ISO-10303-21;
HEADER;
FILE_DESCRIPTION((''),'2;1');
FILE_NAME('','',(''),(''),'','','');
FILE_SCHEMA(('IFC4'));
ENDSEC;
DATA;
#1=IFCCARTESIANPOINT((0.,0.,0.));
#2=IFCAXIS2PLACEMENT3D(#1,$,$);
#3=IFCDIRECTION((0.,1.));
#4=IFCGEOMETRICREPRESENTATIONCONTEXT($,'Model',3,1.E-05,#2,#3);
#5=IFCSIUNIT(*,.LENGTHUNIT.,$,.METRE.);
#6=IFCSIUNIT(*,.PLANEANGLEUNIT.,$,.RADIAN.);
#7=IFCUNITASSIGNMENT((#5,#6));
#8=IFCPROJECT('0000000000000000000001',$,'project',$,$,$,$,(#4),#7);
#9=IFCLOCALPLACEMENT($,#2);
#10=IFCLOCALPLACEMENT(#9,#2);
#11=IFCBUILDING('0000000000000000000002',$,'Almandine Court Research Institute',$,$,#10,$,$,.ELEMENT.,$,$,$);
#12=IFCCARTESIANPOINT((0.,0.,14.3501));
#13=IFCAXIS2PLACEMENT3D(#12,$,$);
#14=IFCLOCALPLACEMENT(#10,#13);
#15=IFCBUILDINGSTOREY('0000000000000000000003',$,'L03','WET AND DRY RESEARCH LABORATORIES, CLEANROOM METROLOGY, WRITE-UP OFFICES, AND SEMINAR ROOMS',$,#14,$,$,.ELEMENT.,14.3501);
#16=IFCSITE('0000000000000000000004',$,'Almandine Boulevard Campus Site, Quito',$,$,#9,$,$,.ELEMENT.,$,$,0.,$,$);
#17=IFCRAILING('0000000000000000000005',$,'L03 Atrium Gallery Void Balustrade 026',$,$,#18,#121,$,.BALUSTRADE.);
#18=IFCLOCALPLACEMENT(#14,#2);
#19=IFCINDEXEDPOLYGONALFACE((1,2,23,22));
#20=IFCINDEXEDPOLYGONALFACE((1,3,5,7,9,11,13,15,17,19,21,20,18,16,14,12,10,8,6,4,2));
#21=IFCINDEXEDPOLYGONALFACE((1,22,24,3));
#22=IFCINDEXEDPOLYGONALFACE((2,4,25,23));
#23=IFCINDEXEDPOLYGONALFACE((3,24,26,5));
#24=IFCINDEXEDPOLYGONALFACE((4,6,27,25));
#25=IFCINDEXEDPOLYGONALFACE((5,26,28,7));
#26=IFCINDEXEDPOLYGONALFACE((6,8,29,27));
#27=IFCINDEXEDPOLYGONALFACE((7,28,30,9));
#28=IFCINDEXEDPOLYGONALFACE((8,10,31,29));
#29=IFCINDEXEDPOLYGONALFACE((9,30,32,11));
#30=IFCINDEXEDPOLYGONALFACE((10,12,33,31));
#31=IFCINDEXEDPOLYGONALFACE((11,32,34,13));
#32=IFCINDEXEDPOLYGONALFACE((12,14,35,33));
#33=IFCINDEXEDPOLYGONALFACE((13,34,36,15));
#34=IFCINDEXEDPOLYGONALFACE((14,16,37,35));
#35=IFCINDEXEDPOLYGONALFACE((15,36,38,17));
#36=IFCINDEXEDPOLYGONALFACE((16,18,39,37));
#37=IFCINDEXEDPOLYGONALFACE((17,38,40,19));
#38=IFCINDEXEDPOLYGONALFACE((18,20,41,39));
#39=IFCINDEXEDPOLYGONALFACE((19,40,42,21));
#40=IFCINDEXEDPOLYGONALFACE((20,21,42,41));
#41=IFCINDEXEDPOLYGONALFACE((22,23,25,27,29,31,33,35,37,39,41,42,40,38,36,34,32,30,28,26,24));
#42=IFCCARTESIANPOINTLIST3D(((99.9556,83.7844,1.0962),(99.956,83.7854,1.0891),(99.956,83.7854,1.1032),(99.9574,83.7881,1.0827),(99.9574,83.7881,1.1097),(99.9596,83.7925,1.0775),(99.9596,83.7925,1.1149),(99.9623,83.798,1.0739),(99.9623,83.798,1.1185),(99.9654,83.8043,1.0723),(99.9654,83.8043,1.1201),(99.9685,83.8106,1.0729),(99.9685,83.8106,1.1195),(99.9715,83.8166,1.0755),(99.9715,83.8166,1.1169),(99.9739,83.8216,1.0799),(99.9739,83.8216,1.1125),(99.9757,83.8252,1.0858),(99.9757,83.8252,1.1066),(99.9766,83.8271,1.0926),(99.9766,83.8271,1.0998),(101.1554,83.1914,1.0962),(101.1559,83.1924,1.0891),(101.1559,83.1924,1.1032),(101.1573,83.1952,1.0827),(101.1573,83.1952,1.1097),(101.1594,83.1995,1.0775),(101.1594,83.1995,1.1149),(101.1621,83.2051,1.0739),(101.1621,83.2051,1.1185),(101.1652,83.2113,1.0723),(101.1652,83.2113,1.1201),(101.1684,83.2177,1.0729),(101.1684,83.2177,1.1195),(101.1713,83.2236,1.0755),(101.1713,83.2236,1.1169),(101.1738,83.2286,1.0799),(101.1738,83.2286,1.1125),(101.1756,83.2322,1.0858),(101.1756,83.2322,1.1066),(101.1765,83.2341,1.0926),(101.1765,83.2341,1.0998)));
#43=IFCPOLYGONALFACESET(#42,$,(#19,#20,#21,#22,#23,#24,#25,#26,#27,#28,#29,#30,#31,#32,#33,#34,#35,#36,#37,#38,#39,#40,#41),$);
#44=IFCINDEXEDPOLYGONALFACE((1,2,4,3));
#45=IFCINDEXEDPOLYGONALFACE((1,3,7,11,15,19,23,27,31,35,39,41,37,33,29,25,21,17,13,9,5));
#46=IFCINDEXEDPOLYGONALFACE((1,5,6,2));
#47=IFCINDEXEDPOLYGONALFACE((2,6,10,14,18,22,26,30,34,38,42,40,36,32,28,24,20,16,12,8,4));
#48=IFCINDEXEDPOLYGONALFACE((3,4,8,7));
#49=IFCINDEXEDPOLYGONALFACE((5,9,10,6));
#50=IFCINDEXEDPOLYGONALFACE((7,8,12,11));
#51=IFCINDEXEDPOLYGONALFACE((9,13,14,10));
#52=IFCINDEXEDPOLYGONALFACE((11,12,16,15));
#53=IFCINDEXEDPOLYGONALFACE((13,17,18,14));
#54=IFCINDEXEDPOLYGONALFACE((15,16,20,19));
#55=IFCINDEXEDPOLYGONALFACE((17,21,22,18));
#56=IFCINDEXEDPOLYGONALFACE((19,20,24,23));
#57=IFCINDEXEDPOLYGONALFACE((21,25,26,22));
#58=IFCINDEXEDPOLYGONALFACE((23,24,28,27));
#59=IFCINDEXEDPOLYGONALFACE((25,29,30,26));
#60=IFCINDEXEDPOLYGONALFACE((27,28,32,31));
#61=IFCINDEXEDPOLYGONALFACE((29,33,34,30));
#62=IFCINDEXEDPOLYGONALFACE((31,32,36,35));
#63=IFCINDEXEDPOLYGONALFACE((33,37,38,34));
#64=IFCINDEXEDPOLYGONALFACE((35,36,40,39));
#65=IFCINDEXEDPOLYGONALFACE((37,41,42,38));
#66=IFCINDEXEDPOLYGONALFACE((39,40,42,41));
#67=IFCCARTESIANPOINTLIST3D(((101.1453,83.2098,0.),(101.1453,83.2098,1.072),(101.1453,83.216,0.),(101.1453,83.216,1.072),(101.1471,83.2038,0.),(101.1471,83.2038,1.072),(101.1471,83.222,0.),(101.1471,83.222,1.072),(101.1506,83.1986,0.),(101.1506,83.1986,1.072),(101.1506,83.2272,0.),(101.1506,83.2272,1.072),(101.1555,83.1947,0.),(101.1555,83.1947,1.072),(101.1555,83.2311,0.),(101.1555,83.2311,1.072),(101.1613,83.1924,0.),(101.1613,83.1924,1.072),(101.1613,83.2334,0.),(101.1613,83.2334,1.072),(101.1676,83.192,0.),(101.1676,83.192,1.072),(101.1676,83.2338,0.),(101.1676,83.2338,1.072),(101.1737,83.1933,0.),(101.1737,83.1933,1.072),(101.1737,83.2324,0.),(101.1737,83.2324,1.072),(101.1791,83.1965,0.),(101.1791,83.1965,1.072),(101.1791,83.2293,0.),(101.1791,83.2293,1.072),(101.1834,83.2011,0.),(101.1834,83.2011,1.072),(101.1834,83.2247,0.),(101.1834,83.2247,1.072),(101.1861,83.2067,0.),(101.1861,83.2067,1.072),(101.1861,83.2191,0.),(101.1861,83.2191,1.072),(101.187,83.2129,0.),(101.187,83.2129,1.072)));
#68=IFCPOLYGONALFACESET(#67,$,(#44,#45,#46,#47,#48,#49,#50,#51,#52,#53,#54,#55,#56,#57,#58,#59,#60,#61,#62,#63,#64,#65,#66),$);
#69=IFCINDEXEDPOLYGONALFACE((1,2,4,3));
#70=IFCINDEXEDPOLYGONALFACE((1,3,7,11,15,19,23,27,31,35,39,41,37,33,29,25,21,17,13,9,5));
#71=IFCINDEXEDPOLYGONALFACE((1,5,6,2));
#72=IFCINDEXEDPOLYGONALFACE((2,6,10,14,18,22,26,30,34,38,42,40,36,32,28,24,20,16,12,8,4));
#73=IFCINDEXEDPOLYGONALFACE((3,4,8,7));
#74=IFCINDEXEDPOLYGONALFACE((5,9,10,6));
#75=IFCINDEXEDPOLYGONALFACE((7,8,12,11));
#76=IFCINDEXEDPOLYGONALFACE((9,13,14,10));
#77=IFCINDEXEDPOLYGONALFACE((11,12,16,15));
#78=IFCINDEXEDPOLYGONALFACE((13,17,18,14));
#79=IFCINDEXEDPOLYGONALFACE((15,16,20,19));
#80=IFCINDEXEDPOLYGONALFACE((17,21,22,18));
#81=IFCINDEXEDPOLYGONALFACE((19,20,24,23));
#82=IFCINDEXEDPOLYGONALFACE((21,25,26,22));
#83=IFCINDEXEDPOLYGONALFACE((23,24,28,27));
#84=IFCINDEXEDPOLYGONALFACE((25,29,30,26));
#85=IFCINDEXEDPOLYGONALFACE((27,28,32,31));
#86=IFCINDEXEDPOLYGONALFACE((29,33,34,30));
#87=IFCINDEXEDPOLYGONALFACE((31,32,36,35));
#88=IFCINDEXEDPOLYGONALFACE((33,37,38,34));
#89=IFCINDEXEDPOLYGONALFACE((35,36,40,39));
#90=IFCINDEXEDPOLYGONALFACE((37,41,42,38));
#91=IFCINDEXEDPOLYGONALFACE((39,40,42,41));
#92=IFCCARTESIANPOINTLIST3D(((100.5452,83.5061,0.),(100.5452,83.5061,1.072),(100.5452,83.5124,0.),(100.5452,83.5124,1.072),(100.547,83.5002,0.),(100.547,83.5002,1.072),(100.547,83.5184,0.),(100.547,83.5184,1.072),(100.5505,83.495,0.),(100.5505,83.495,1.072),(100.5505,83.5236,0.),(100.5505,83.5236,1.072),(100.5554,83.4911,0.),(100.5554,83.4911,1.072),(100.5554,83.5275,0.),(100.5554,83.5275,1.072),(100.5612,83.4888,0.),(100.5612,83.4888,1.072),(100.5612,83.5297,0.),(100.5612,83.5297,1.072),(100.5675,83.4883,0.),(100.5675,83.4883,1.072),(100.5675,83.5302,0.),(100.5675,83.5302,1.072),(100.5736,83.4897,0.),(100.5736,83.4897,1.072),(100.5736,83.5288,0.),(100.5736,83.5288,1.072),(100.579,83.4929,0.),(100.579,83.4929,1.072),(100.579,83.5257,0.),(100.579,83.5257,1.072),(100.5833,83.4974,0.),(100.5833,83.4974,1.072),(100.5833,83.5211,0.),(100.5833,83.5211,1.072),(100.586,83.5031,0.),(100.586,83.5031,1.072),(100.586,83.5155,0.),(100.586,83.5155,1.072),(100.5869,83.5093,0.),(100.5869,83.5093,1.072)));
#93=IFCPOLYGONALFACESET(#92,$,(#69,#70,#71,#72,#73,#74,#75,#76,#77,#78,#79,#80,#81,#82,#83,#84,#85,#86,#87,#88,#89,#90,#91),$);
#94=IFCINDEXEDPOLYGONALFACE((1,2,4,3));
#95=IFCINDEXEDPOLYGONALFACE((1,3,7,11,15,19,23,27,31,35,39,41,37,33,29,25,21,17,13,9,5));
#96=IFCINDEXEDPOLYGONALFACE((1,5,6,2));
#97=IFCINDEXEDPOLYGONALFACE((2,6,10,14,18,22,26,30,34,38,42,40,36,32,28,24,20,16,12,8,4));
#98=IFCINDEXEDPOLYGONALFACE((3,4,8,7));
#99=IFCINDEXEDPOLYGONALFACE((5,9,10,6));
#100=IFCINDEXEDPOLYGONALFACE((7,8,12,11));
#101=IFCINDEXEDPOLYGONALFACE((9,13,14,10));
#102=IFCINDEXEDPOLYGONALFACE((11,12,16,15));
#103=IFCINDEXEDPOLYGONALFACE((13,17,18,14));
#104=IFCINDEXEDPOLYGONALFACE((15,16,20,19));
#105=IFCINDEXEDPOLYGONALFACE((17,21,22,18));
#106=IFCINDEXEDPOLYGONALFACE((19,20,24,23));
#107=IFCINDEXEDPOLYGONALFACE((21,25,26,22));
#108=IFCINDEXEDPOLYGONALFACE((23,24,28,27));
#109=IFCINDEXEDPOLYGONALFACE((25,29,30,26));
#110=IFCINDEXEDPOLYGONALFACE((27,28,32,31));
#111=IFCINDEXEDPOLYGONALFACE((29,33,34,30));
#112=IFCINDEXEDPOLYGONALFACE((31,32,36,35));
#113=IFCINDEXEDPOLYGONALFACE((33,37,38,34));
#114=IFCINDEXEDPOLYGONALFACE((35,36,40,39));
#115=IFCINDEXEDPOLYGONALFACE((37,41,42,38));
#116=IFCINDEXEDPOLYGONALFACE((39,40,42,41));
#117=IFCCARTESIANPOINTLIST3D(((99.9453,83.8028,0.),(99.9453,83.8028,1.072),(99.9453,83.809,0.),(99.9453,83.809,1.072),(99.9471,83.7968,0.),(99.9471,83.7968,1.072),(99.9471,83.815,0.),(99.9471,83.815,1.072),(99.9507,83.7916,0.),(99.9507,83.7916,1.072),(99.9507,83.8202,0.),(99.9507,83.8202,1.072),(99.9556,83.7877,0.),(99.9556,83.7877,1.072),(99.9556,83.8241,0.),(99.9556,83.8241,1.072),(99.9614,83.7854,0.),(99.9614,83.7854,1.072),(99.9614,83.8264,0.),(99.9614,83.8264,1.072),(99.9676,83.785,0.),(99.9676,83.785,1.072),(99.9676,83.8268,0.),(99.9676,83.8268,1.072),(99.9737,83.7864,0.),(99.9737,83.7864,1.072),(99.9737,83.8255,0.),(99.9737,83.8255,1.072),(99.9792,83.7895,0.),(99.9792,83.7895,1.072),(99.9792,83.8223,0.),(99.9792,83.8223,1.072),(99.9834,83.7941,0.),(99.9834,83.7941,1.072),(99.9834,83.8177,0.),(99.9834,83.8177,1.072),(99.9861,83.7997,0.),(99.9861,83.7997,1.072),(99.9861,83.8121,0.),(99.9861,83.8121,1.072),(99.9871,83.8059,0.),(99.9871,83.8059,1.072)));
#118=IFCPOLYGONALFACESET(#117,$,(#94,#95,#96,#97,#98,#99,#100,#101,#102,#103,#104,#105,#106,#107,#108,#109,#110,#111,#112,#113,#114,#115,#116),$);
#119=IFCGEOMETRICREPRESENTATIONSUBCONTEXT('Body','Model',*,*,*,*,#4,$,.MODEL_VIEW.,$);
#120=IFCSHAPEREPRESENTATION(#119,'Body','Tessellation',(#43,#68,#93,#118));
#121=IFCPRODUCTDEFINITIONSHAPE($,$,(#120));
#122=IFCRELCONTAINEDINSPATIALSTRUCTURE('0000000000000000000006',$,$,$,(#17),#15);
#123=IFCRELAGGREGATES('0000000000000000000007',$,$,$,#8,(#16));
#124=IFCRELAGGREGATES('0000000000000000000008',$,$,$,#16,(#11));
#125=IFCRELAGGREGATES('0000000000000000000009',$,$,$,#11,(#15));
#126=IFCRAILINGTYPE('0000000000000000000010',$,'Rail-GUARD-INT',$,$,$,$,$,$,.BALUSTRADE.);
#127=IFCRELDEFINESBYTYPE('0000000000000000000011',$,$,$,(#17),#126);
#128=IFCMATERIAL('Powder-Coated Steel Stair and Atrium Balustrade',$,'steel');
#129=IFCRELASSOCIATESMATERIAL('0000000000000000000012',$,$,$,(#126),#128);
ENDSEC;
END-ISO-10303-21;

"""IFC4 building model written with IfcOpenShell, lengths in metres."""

from ifc_helpers import new_model, si_unit, direction, frame, origin, origin_2d, place, context, subcontext, project, spatial, circle, extrude, material, type_object, element, save


model = new_model("IFC4")

# Units and contexts
model_context = context("Model", 3, precision=1e-05, world=origin(), true_north=direction((0.0, 1.0)))
body_context = subcontext(model_context, "Body", "Model", "MODEL_VIEW")
ifc_project = project(units=[si_unit("LENGTHUNIT", "METRE"), si_unit("PLANEANGLEUNIT", "RADIAN")], contexts=[model_context])

# Site, building, storey
site_placement = place(None, origin())
site = spatial("IfcSite", under=ifc_project, at=site_placement, Name="Almandine Boulevard Campus Site, Quito", CompositionType="ELEMENT", RefElevation=0.0)
building_placement = place(site_placement, origin())
building = spatial("IfcBuilding", under=site, at=building_placement, Name="Almandine Court Research Institute", CompositionType="ELEMENT")
storey_placement = place(building_placement, frame((0.0, 0.0, 14.3501)))
storey = spatial("IfcBuildingStorey", under=building, at=storey_placement, Name="L03", Description="WET AND DRY RESEARCH LABORATORIES, CLEANROOM METROLOGY, WRITE-UP OFFICES, AND SEMINAR ROOMS", CompositionType="ELEMENT", Elevation=14.3501)

# Railing
ifc_material_1 = material(Name="Powder-Coated Steel Stair and Atrium Balustrade", Category="steel")
railing_type_1 = type_object("IfcRailingType", Name="Rail-GUARD-INT", PredefinedType="BALUSTRADE", material=ifc_material_1)
railing_1_placement = place(storey_placement, frame((101.166, 83.2129, 0.0)))
element("IfcRailing", 1, at=railing_1_placement, inside=storey, type_object=railing_type_1, Name="L03 Atrium Gallery Void Balustrade 026", PredefinedType="BALUSTRADE", context=body_context, shape_type="SweptSolid", body=[
    extrude(circle(Radius=0.0239, at=origin_2d()), frame((0.0, 0.0, 1.0962), z_axis=(-0.896497, 0.44305, 0.0), x_axis=(-0.44305, -0.896497, 0.0)), (0.0, 0.0, 1.0), 1.3384),
    extrude(circle(Radius=0.021, at=origin_2d()), origin(), (0.0, 0.0, 1.0), 1.072),
    extrude(circle(Radius=0.021, at=origin_2d()), frame((-0.6001, 0.2964, 0.0)), (0.0, 0.0, 1.0), 1.072),
    extrude(circle(Radius=0.021, at=origin_2d()), frame((-1.2, 0.593, 0.0)), (0.0, 0.0, 1.0), 1.072),
])

save(model, "model.ifc")
